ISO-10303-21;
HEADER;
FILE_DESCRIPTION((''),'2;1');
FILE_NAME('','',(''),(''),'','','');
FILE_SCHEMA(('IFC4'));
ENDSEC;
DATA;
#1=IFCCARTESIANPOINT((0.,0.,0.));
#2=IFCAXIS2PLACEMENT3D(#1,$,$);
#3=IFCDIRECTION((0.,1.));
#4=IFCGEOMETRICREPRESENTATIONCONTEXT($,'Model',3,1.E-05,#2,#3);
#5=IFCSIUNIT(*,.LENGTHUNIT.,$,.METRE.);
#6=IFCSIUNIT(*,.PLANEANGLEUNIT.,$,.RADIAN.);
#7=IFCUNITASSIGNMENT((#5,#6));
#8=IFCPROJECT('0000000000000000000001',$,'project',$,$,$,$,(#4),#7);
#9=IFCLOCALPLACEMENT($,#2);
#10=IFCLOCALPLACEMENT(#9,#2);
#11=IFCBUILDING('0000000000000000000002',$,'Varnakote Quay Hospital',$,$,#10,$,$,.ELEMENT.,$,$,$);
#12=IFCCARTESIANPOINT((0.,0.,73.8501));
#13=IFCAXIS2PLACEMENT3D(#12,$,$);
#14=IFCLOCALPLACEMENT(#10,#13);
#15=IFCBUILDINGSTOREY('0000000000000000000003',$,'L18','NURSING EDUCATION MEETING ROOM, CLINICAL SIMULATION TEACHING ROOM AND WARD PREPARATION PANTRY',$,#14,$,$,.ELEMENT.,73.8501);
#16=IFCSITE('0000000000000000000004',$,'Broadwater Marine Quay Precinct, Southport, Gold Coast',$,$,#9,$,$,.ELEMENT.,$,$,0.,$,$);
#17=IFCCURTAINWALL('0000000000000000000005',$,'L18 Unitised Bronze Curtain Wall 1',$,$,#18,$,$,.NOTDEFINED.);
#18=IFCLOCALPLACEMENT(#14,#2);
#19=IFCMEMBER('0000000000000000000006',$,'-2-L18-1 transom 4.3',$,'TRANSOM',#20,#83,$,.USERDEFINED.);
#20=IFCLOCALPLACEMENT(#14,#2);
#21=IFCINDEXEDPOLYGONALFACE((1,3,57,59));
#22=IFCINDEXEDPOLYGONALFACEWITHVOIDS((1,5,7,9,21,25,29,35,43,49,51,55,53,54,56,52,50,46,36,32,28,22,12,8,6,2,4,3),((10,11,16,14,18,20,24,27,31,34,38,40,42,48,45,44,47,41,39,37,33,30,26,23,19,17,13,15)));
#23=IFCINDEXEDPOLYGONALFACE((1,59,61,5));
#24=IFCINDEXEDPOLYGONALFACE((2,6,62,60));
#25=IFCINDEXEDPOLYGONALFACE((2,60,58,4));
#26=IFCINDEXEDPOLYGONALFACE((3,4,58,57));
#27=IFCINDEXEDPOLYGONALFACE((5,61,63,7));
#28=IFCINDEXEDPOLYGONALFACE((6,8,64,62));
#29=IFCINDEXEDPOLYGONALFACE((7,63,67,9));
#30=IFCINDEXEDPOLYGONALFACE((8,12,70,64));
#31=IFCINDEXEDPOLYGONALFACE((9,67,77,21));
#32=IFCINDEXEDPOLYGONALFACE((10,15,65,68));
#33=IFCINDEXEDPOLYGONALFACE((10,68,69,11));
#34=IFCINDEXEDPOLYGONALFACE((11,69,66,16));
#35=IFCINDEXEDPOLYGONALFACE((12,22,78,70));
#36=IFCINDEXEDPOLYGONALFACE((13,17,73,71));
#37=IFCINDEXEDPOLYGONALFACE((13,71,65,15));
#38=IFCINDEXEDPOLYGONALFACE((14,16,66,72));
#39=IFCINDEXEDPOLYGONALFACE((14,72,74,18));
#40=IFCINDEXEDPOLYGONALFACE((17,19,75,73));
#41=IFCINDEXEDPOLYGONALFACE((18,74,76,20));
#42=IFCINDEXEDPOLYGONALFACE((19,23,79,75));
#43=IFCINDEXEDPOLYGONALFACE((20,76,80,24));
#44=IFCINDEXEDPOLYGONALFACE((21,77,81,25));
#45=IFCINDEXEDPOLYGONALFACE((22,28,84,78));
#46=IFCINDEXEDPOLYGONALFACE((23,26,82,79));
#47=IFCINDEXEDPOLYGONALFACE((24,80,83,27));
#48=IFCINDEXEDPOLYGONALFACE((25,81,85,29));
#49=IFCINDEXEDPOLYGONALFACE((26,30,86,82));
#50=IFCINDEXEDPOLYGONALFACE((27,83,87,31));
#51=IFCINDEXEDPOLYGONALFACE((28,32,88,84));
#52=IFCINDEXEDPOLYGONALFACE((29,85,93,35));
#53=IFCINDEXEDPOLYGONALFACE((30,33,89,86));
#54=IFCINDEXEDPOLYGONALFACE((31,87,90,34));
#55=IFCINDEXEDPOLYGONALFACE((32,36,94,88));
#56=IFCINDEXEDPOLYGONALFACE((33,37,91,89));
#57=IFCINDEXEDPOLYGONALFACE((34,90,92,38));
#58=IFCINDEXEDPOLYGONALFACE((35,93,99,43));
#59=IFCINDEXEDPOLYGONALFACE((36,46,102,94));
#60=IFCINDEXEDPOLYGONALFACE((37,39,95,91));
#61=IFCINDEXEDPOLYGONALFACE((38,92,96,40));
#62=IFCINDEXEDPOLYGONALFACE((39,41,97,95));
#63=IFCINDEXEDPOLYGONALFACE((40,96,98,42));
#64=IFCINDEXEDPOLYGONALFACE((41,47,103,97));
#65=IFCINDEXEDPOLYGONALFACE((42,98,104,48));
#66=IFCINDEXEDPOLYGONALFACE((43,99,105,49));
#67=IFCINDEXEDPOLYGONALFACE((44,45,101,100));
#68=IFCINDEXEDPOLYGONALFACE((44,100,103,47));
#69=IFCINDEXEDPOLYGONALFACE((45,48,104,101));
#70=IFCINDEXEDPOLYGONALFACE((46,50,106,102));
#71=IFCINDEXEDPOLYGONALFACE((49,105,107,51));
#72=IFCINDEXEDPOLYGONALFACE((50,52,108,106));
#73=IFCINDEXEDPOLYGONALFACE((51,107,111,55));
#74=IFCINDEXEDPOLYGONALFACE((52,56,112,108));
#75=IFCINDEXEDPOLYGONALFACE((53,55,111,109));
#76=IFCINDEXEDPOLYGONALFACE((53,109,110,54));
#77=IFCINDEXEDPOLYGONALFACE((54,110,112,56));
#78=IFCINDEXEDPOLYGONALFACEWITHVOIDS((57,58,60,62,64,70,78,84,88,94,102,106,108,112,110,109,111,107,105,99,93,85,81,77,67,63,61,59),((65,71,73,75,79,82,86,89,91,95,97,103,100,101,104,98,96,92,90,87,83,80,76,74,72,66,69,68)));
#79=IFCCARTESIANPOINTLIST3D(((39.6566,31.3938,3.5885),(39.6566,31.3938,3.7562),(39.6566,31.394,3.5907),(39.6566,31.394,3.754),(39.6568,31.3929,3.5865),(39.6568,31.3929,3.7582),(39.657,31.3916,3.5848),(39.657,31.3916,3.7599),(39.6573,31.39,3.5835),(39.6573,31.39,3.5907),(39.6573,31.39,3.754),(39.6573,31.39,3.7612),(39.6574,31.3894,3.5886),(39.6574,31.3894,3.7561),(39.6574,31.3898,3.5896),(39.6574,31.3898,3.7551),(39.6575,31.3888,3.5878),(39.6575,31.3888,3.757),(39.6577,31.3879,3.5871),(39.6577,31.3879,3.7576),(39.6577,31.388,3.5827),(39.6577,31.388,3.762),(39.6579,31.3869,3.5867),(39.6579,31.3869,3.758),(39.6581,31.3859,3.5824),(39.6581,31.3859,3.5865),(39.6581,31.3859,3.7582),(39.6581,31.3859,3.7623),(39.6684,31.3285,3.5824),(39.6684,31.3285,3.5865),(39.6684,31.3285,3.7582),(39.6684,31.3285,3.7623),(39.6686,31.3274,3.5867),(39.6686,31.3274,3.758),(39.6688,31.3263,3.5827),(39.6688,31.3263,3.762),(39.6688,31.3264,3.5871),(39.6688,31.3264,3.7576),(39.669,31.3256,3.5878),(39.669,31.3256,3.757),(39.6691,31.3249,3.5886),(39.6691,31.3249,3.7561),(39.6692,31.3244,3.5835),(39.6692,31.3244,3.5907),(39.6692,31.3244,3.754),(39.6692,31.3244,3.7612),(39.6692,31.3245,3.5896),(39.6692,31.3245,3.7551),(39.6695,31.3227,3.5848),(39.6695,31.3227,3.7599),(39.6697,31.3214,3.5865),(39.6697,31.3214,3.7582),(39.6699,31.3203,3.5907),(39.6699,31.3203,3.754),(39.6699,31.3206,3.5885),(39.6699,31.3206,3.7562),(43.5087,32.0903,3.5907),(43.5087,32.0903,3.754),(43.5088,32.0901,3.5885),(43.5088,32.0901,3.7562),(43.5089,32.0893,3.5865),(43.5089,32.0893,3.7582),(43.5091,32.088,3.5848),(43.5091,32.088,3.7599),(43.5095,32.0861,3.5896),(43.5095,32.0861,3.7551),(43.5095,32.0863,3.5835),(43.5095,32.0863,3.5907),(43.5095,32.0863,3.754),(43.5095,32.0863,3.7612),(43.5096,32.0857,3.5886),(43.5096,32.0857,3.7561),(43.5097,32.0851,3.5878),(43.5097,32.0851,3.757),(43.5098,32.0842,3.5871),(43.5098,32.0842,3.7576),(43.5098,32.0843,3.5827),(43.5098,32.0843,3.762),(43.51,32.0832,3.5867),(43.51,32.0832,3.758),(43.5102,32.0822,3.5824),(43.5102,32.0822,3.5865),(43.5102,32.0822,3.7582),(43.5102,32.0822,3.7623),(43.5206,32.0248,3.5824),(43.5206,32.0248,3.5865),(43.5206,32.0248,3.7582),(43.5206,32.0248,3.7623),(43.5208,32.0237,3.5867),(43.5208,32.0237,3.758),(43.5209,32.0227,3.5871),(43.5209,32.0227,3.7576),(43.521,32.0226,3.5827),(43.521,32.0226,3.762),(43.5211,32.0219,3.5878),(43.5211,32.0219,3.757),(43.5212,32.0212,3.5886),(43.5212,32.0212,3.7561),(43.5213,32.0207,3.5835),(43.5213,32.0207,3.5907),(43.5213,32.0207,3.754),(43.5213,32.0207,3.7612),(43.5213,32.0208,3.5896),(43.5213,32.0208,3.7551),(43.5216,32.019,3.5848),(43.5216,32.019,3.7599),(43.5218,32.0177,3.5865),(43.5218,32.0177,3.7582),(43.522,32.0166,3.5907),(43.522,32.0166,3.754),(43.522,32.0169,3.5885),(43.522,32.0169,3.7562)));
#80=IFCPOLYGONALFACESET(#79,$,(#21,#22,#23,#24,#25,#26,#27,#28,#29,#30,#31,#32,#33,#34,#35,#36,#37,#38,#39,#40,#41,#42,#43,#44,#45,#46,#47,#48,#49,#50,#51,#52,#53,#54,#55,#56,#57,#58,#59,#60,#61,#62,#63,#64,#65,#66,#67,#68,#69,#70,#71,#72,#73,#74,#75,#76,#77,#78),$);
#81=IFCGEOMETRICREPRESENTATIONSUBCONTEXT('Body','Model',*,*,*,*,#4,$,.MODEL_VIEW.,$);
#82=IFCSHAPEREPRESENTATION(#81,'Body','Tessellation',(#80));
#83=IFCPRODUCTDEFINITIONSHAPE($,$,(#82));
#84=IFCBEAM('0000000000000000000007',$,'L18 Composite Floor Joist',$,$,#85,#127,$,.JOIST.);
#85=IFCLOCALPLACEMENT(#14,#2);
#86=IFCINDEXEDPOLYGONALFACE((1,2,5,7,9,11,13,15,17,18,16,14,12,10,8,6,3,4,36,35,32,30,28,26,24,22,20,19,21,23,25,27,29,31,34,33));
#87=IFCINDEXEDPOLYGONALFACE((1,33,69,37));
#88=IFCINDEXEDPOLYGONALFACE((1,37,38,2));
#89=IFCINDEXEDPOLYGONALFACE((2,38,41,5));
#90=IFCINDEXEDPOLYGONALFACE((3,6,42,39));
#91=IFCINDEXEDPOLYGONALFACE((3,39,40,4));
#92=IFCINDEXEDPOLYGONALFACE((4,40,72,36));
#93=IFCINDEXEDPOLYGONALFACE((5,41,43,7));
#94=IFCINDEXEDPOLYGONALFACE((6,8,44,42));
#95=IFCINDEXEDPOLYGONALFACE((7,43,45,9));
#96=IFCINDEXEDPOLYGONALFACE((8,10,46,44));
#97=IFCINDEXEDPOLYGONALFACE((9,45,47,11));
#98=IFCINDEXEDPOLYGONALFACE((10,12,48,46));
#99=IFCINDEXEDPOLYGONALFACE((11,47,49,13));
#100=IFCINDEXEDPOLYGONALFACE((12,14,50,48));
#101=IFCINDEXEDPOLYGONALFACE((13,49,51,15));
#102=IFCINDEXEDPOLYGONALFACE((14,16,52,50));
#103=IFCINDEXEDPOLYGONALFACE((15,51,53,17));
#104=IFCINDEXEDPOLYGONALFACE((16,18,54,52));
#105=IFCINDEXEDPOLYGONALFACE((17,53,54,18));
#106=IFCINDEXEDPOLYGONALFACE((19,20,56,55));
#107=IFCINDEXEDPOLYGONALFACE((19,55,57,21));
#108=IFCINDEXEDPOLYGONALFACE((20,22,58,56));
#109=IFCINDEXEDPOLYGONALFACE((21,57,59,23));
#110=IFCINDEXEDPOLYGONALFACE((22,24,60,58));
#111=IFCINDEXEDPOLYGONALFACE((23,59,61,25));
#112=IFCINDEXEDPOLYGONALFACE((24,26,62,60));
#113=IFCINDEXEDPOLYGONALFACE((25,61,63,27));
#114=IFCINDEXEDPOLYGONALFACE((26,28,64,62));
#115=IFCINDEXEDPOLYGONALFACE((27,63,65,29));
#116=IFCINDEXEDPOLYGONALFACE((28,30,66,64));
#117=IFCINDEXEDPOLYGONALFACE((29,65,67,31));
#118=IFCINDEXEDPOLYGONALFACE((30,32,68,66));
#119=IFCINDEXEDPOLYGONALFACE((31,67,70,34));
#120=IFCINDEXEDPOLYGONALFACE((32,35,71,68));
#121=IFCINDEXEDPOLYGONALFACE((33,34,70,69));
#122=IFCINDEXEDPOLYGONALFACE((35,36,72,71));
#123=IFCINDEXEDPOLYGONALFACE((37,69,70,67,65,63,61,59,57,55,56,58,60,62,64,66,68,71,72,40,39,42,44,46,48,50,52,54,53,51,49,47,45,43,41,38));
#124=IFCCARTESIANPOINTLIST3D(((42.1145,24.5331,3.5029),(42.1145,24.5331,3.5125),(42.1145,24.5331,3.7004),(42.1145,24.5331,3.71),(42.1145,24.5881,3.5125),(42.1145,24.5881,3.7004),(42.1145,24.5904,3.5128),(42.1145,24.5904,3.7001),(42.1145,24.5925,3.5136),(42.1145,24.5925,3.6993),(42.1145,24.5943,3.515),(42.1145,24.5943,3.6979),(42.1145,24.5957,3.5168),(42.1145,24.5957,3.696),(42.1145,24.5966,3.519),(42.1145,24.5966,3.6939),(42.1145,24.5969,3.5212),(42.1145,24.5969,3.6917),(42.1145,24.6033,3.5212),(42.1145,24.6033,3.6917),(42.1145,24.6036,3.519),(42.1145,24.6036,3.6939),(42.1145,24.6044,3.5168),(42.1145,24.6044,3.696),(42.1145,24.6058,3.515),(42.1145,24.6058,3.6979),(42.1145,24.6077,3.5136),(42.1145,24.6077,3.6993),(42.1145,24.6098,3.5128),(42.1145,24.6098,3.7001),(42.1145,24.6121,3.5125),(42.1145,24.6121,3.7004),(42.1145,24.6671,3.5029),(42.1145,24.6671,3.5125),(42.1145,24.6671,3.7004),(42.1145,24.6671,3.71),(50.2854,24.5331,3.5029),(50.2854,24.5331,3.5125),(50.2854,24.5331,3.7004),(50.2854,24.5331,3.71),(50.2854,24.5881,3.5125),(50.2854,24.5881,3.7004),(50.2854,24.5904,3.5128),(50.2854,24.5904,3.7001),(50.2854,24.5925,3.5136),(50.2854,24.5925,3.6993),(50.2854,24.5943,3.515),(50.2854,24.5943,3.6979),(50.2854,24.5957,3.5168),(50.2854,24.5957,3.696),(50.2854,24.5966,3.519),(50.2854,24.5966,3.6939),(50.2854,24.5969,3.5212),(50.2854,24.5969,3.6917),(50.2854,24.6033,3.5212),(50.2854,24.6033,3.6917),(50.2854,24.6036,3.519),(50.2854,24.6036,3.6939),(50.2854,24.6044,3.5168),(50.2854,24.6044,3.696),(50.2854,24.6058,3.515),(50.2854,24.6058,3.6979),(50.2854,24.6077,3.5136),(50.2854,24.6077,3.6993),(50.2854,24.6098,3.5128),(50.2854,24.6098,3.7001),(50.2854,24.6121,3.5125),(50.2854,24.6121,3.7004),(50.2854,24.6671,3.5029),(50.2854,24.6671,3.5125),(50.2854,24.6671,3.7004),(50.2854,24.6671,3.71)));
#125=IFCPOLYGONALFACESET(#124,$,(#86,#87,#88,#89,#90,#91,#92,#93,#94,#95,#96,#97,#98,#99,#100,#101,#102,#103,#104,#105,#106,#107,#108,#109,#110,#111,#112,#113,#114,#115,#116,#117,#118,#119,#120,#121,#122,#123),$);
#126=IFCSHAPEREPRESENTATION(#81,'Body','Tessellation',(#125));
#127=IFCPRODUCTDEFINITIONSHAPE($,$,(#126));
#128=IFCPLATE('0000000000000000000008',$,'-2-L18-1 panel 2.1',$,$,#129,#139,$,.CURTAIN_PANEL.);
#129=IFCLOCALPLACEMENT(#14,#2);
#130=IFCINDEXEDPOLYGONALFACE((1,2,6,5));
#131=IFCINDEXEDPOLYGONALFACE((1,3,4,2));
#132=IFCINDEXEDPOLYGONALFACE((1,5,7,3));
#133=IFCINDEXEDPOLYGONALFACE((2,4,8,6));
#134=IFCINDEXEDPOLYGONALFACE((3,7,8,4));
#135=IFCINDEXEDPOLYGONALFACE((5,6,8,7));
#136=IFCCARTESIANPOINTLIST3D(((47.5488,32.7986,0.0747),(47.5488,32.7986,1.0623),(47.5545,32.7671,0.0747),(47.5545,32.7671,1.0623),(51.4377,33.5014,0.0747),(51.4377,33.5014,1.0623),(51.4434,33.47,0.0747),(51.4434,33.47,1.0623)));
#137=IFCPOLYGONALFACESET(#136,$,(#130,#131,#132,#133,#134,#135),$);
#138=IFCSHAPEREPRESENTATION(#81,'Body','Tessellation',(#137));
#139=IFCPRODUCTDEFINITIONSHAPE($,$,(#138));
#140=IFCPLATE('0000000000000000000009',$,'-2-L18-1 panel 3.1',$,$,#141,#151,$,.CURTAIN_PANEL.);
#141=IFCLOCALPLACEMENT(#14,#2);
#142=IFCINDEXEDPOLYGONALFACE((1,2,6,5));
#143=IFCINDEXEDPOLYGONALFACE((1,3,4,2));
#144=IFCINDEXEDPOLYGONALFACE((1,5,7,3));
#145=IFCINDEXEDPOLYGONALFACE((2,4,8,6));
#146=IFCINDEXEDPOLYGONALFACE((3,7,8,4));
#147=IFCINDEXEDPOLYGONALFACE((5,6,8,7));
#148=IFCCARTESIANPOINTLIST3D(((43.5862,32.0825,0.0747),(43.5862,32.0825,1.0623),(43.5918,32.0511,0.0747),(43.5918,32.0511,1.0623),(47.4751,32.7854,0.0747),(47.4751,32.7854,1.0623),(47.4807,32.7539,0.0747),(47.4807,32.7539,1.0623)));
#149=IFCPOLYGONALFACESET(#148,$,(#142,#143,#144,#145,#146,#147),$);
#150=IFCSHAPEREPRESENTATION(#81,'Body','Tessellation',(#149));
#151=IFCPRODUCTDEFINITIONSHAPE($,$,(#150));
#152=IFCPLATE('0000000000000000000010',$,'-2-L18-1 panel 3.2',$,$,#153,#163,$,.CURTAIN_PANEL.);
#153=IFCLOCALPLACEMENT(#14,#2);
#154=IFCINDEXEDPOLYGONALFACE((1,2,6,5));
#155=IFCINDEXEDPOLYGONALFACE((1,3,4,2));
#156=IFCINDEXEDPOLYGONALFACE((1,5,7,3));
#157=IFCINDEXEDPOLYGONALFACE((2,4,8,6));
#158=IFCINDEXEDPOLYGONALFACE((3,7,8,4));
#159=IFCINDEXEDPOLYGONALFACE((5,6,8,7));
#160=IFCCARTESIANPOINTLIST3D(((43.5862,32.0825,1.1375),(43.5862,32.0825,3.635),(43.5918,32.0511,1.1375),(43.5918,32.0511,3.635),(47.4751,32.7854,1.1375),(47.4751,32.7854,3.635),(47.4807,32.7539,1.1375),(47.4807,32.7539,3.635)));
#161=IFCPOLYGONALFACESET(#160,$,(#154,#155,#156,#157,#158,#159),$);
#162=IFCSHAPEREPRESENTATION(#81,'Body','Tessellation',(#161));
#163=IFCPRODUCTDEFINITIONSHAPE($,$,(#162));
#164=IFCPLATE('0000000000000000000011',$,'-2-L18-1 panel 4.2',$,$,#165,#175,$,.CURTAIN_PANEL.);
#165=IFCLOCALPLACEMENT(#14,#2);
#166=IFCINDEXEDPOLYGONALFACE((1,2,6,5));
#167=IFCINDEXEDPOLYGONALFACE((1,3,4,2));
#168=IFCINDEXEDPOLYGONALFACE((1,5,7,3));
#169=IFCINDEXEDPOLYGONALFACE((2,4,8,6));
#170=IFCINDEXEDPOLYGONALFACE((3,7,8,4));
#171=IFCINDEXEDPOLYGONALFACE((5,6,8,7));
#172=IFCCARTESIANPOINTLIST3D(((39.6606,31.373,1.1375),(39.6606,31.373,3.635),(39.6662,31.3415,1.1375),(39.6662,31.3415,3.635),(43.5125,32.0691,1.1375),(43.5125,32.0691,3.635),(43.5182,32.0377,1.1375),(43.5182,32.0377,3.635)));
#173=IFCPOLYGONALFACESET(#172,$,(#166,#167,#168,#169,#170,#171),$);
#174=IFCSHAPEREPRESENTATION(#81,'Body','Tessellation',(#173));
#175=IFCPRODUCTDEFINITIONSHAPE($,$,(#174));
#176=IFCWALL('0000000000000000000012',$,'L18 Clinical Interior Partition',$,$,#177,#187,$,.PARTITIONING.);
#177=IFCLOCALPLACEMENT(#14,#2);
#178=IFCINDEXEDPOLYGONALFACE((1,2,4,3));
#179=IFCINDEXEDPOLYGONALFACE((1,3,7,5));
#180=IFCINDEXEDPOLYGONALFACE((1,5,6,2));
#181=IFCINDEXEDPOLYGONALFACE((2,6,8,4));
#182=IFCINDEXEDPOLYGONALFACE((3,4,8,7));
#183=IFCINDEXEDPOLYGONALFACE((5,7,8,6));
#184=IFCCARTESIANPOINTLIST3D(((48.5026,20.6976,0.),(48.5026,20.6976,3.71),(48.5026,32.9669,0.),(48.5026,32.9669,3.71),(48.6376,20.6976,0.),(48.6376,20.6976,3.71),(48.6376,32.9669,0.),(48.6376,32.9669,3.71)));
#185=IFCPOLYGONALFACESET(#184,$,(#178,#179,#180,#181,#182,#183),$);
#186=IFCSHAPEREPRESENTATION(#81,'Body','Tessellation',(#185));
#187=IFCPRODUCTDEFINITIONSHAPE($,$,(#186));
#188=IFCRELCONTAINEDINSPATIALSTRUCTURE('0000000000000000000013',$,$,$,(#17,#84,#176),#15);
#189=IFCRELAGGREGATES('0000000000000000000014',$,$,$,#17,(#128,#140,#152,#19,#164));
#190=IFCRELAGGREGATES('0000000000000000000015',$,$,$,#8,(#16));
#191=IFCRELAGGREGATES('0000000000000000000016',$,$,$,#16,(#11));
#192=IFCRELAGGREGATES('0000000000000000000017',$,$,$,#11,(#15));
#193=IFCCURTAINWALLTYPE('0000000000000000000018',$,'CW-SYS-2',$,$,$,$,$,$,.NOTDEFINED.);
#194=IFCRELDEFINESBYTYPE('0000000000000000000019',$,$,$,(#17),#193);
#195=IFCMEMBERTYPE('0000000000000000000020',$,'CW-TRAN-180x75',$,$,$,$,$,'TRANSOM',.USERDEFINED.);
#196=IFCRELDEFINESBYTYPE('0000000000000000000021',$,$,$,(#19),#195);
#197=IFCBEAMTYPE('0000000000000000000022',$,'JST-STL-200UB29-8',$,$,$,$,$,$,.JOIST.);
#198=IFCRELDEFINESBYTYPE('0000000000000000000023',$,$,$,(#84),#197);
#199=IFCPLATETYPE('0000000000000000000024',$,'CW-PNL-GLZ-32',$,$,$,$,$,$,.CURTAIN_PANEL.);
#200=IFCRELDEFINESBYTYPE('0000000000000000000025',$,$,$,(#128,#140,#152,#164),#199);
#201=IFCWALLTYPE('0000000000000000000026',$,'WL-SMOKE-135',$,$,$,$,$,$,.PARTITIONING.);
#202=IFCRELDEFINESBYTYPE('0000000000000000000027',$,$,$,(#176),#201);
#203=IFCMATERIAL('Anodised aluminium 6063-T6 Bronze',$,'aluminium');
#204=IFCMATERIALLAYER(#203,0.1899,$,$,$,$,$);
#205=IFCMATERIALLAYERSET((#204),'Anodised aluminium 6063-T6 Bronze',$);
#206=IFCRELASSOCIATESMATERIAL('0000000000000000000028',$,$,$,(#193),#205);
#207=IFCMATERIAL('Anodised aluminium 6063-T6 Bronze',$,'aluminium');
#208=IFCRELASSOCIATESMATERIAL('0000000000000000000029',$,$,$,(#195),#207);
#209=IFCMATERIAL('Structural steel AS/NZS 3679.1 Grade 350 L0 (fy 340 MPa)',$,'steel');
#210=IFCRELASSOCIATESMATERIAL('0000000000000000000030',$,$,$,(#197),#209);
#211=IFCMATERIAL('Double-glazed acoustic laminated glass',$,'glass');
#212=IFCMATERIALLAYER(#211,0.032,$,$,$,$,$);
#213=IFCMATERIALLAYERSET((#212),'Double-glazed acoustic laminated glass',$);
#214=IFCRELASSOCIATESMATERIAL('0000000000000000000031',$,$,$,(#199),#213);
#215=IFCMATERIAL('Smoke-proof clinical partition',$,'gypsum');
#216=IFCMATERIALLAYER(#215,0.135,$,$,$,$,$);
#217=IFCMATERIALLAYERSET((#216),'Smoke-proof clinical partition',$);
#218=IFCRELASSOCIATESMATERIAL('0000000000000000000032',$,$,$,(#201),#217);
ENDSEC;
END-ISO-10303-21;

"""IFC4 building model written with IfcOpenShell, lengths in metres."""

from ifc_helpers import new_model, si_unit, direction, frame, frame_2d, origin, origin_2d, place, context, subcontext, project, spatial, rectangle, hollow_rectangle, i_section, extrude, material, layer, layer_set, material_profile, profile_set, type_object, element, aggregate, save


model = new_model("IFC4")

# Units and contexts
model_context = context("Model", 3, precision=1e-05, world=origin(), true_north=direction((0.0, 1.0)))
body_context = subcontext(model_context, "Body", "Model", "MODEL_VIEW")
ifc_project = project(units=[si_unit("LENGTHUNIT", "METRE"), si_unit("PLANEANGLEUNIT", "RADIAN")], contexts=[model_context])

# Site, building, storey
site_placement = place(None, origin())
site = spatial("IfcSite", under=ifc_project, at=site_placement, Name="Broadwater Marine Quay Precinct, Southport, Gold Coast", CompositionType="ELEMENT", RefElevation=0.0)
building_placement = place(site_placement, origin())
building = spatial("IfcBuilding", under=site, at=building_placement, Name="Varnakote Quay Hospital", CompositionType="ELEMENT")
storey_placement = place(building_placement, frame((0.0, 0.0, 73.8501)))
storey = spatial("IfcBuildingStorey", under=building, at=storey_placement, Name="L18", Description="NURSING EDUCATION MEETING ROOM, CLINICAL SIMULATION TEACHING ROOM AND WARD PREPARATION PANTRY", CompositionType="ELEMENT", Elevation=73.8501)

# Curtain wall, member
ifc_material_1 = material(Name="Anodised aluminium 6063-T6 Bronze", Category="aluminium")
ifc_layer_1 = layer(ifc_material_1, 0.1899)
ifc_layer_set_1 = layer_set([ifc_layer_1], Name="Anodised aluminium 6063-T6 Bronze")
curtain_wall_type = type_object("IfcCurtainWallType", Name="CW-SYS-2", PredefinedType="NOTDEFINED", material=ifc_layer_set_1)
curtain_wall_placement = place(storey_placement, origin())
curtain_wall = element("IfcCurtainWall", 1, at=curtain_wall_placement, inside=storey, type_object=curtain_wall_type, Name="L18 Unitised Bronze Curtain Wall 1", PredefinedType="NOTDEFINED")
ifc_material_2 = material(Name="Anodised aluminium 6063-T6 Bronze", Category="aluminium")
ifc_material_profile_1 = material_profile(ifc_material_2, hollow_rectangle(XDim=0.075, YDim=0.1799, WallThickness=0.0042, InnerFilletRadius=0.0042, OuterFilletRadius=0.0083, at=origin_2d()), Name="CW-TRAN-180x75")
ifc_profile_set_1 = profile_set([ifc_material_profile_1], Name="Anodised aluminium 6063-T6 Bronze")
member_type_1 = type_object("IfcMemberType", Name="CW-TRAN-180x75", ElementType="TRANSOM", PredefinedType="USERDEFINED", material=ifc_profile_set_1)
member_1_placement = place(storey_placement, frame((43.5154, 32.0535, 3.6724), z_axis=(-0.984053, -0.177875, 0.0), x_axis=(0.177875, -0.984053, 0.0)))
member_1 = element("IfcMember", 2, at=member_1_placement, type_object=member_type_1, Name="-2-L18-1 transom 4.3", ObjectType="TRANSOM", PredefinedType="USERDEFINED", context=body_context, shape_type="SweptSolid", body=[
    extrude(hollow_rectangle(XDim=0.075, YDim=0.1799, WallThickness=0.0042, InnerFilletRadius=0.0042, OuterFilletRadius=0.0083, at=origin_2d()), origin(), (0.0, 0.0, 1.0), 3.9146),
])

# Beam
ifc_material_3 = material(Name="Structural steel AS/NZS 3679.1 Grade 350 L0 (fy 340 MPa)", Category="steel")
ifc_material_profile_2 = material_profile(ifc_material_3, i_section(OverallWidth=0.134, OverallDepth=0.207, WebThickness=0.0063, FlangeThickness=0.0095, FilletRadius=0.0088, at=origin_2d()), Name="200UB29.8")
ifc_profile_set_2 = profile_set([ifc_material_profile_2], Name="Structural steel AS/NZS 3679.1 Grade 350 L0 (fy 340 MPa)")
beam_type_1 = type_object("IfcBeamType", Name="JST-STL-200UB29-8", PredefinedType="JOIST", material=ifc_profile_set_2)
beam_1_placement = place(storey_placement, frame((42.1145, 24.6001, 3.6064), z_axis=(1.0, 0.0, 0.0), x_axis=(0.0, 1.0, 0.0)))
element("IfcBeam", 3, at=beam_1_placement, inside=storey, type_object=beam_type_1, Name="L18 Composite Floor Joist", PredefinedType="JOIST", context=body_context, shape_type="SweptSolid", body=[
    extrude(i_section(OverallWidth=0.134, OverallDepth=0.207, WebThickness=0.0063, FlangeThickness=0.0095, FilletRadius=0.0088, at=origin_2d()), origin(), (0.0, 0.0, 1.0), 8.1709),
])

# Plates
ifc_material_4 = material(Name="Double-glazed acoustic laminated glass", Category="glass")
ifc_layer_2 = layer(ifc_material_4, 0.032)
ifc_layer_set_2 = layer_set([ifc_layer_2], Name="Double-glazed acoustic laminated glass")
plate_type = type_object("IfcPlateType", Name="CW-PNL-GLZ-32", PredefinedType="CURTAIN_PANEL", material=ifc_layer_set_2)
plate_1_placement = place(storey_placement, frame((49.4961, 33.1343, 0.0747), z_axis=(0.0, 0.0, 1.0), x_axis=(-0.984058, -0.177846, 0.0)))
plate_1 = element("IfcPlate", 4, at=plate_1_placement, type_object=plate_type, Name="-2-L18-1 panel 2.1", PredefinedType="CURTAIN_PANEL", context=body_context, shape_type="SweptSolid", body=[
    extrude(rectangle(XDim=3.9519, YDim=0.032, at=origin_2d()), origin(), (0.0, 0.0, 1.0), 0.9875),
])
plate_2_placement = place(storey_placement, frame((45.5334, 32.4182, 0.0747), z_axis=(0.0, 0.0, 1.0), x_axis=(-0.984058, -0.177846, 0.0)))
plate_2 = element("IfcPlate", 5, at=plate_2_placement, type_object=plate_type, Name="-2-L18-1 panel 3.1", PredefinedType="CURTAIN_PANEL", context=body_context, shape_type="SweptSolid", body=[
    extrude(rectangle(XDim=3.9519, YDim=0.032, at=origin_2d()), origin(), (0.0, 0.0, 1.0), 0.9875),
])
plate_3_placement = place(storey_placement, frame((45.5334, 32.4182, 1.1375), z_axis=(0.0, 0.0, 1.0), x_axis=(-0.984058, -0.177846, 0.0)))
plate_3 = element("IfcPlate", 6, at=plate_3_placement, type_object=plate_type, Name="-2-L18-1 panel 3.2", PredefinedType="CURTAIN_PANEL", context=body_context, shape_type="SweptSolid", body=[
    extrude(rectangle(XDim=3.9519, YDim=0.032, at=origin_2d()), origin(), (0.0, 0.0, 1.0), 2.4976),
])
plate_4_placement = place(storey_placement, frame((41.5894, 31.7053, 1.1375), z_axis=(0.0, 0.0, 1.0), x_axis=(-0.984058, -0.177846, 0.0)))
plate_4 = element("IfcPlate", 7, at=plate_4_placement, type_object=plate_type, Name="-2-L18-1 panel 4.2", PredefinedType="CURTAIN_PANEL", context=body_context, shape_type="SweptSolid", body=[
    extrude(rectangle(XDim=3.9143, YDim=0.032, at=origin_2d()), origin(), (0.0, 0.0, 1.0), 2.4976),
])
aggregate(curtain_wall, [plate_1, plate_2, plate_3, member_1, plate_4])

# Wall
ifc_material_5 = material(Name="Smoke-proof clinical partition", Category="gypsum")
ifc_layer_3 = layer(ifc_material_5, 0.135)
ifc_layer_set_3 = layer_set([ifc_layer_3], Name="Smoke-proof clinical partition")
wall_type = type_object("IfcWallType", Name="WL-SMOKE-135", PredefinedType="PARTITIONING", material=ifc_layer_set_3)
wall_placement = place(storey_placement, frame((48.5701, 20.6975, 0.0), z_axis=(0.0, 0.0, 1.0), x_axis=(0.0, 1.0, 0.0)))
element("IfcWall", 8, at=wall_placement, inside=storey, type_object=wall_type, Name="L18 Clinical Interior Partition", PredefinedType="PARTITIONING", context=body_context, shape_type="SweptSolid", body=[
    extrude(rectangle(XDim=12.2693, YDim=0.135, at=frame_2d((6.1348, 0.0))), origin(), (0.0, 0.0, 1.0), 3.71),
])

save(model, "model.ifc")
